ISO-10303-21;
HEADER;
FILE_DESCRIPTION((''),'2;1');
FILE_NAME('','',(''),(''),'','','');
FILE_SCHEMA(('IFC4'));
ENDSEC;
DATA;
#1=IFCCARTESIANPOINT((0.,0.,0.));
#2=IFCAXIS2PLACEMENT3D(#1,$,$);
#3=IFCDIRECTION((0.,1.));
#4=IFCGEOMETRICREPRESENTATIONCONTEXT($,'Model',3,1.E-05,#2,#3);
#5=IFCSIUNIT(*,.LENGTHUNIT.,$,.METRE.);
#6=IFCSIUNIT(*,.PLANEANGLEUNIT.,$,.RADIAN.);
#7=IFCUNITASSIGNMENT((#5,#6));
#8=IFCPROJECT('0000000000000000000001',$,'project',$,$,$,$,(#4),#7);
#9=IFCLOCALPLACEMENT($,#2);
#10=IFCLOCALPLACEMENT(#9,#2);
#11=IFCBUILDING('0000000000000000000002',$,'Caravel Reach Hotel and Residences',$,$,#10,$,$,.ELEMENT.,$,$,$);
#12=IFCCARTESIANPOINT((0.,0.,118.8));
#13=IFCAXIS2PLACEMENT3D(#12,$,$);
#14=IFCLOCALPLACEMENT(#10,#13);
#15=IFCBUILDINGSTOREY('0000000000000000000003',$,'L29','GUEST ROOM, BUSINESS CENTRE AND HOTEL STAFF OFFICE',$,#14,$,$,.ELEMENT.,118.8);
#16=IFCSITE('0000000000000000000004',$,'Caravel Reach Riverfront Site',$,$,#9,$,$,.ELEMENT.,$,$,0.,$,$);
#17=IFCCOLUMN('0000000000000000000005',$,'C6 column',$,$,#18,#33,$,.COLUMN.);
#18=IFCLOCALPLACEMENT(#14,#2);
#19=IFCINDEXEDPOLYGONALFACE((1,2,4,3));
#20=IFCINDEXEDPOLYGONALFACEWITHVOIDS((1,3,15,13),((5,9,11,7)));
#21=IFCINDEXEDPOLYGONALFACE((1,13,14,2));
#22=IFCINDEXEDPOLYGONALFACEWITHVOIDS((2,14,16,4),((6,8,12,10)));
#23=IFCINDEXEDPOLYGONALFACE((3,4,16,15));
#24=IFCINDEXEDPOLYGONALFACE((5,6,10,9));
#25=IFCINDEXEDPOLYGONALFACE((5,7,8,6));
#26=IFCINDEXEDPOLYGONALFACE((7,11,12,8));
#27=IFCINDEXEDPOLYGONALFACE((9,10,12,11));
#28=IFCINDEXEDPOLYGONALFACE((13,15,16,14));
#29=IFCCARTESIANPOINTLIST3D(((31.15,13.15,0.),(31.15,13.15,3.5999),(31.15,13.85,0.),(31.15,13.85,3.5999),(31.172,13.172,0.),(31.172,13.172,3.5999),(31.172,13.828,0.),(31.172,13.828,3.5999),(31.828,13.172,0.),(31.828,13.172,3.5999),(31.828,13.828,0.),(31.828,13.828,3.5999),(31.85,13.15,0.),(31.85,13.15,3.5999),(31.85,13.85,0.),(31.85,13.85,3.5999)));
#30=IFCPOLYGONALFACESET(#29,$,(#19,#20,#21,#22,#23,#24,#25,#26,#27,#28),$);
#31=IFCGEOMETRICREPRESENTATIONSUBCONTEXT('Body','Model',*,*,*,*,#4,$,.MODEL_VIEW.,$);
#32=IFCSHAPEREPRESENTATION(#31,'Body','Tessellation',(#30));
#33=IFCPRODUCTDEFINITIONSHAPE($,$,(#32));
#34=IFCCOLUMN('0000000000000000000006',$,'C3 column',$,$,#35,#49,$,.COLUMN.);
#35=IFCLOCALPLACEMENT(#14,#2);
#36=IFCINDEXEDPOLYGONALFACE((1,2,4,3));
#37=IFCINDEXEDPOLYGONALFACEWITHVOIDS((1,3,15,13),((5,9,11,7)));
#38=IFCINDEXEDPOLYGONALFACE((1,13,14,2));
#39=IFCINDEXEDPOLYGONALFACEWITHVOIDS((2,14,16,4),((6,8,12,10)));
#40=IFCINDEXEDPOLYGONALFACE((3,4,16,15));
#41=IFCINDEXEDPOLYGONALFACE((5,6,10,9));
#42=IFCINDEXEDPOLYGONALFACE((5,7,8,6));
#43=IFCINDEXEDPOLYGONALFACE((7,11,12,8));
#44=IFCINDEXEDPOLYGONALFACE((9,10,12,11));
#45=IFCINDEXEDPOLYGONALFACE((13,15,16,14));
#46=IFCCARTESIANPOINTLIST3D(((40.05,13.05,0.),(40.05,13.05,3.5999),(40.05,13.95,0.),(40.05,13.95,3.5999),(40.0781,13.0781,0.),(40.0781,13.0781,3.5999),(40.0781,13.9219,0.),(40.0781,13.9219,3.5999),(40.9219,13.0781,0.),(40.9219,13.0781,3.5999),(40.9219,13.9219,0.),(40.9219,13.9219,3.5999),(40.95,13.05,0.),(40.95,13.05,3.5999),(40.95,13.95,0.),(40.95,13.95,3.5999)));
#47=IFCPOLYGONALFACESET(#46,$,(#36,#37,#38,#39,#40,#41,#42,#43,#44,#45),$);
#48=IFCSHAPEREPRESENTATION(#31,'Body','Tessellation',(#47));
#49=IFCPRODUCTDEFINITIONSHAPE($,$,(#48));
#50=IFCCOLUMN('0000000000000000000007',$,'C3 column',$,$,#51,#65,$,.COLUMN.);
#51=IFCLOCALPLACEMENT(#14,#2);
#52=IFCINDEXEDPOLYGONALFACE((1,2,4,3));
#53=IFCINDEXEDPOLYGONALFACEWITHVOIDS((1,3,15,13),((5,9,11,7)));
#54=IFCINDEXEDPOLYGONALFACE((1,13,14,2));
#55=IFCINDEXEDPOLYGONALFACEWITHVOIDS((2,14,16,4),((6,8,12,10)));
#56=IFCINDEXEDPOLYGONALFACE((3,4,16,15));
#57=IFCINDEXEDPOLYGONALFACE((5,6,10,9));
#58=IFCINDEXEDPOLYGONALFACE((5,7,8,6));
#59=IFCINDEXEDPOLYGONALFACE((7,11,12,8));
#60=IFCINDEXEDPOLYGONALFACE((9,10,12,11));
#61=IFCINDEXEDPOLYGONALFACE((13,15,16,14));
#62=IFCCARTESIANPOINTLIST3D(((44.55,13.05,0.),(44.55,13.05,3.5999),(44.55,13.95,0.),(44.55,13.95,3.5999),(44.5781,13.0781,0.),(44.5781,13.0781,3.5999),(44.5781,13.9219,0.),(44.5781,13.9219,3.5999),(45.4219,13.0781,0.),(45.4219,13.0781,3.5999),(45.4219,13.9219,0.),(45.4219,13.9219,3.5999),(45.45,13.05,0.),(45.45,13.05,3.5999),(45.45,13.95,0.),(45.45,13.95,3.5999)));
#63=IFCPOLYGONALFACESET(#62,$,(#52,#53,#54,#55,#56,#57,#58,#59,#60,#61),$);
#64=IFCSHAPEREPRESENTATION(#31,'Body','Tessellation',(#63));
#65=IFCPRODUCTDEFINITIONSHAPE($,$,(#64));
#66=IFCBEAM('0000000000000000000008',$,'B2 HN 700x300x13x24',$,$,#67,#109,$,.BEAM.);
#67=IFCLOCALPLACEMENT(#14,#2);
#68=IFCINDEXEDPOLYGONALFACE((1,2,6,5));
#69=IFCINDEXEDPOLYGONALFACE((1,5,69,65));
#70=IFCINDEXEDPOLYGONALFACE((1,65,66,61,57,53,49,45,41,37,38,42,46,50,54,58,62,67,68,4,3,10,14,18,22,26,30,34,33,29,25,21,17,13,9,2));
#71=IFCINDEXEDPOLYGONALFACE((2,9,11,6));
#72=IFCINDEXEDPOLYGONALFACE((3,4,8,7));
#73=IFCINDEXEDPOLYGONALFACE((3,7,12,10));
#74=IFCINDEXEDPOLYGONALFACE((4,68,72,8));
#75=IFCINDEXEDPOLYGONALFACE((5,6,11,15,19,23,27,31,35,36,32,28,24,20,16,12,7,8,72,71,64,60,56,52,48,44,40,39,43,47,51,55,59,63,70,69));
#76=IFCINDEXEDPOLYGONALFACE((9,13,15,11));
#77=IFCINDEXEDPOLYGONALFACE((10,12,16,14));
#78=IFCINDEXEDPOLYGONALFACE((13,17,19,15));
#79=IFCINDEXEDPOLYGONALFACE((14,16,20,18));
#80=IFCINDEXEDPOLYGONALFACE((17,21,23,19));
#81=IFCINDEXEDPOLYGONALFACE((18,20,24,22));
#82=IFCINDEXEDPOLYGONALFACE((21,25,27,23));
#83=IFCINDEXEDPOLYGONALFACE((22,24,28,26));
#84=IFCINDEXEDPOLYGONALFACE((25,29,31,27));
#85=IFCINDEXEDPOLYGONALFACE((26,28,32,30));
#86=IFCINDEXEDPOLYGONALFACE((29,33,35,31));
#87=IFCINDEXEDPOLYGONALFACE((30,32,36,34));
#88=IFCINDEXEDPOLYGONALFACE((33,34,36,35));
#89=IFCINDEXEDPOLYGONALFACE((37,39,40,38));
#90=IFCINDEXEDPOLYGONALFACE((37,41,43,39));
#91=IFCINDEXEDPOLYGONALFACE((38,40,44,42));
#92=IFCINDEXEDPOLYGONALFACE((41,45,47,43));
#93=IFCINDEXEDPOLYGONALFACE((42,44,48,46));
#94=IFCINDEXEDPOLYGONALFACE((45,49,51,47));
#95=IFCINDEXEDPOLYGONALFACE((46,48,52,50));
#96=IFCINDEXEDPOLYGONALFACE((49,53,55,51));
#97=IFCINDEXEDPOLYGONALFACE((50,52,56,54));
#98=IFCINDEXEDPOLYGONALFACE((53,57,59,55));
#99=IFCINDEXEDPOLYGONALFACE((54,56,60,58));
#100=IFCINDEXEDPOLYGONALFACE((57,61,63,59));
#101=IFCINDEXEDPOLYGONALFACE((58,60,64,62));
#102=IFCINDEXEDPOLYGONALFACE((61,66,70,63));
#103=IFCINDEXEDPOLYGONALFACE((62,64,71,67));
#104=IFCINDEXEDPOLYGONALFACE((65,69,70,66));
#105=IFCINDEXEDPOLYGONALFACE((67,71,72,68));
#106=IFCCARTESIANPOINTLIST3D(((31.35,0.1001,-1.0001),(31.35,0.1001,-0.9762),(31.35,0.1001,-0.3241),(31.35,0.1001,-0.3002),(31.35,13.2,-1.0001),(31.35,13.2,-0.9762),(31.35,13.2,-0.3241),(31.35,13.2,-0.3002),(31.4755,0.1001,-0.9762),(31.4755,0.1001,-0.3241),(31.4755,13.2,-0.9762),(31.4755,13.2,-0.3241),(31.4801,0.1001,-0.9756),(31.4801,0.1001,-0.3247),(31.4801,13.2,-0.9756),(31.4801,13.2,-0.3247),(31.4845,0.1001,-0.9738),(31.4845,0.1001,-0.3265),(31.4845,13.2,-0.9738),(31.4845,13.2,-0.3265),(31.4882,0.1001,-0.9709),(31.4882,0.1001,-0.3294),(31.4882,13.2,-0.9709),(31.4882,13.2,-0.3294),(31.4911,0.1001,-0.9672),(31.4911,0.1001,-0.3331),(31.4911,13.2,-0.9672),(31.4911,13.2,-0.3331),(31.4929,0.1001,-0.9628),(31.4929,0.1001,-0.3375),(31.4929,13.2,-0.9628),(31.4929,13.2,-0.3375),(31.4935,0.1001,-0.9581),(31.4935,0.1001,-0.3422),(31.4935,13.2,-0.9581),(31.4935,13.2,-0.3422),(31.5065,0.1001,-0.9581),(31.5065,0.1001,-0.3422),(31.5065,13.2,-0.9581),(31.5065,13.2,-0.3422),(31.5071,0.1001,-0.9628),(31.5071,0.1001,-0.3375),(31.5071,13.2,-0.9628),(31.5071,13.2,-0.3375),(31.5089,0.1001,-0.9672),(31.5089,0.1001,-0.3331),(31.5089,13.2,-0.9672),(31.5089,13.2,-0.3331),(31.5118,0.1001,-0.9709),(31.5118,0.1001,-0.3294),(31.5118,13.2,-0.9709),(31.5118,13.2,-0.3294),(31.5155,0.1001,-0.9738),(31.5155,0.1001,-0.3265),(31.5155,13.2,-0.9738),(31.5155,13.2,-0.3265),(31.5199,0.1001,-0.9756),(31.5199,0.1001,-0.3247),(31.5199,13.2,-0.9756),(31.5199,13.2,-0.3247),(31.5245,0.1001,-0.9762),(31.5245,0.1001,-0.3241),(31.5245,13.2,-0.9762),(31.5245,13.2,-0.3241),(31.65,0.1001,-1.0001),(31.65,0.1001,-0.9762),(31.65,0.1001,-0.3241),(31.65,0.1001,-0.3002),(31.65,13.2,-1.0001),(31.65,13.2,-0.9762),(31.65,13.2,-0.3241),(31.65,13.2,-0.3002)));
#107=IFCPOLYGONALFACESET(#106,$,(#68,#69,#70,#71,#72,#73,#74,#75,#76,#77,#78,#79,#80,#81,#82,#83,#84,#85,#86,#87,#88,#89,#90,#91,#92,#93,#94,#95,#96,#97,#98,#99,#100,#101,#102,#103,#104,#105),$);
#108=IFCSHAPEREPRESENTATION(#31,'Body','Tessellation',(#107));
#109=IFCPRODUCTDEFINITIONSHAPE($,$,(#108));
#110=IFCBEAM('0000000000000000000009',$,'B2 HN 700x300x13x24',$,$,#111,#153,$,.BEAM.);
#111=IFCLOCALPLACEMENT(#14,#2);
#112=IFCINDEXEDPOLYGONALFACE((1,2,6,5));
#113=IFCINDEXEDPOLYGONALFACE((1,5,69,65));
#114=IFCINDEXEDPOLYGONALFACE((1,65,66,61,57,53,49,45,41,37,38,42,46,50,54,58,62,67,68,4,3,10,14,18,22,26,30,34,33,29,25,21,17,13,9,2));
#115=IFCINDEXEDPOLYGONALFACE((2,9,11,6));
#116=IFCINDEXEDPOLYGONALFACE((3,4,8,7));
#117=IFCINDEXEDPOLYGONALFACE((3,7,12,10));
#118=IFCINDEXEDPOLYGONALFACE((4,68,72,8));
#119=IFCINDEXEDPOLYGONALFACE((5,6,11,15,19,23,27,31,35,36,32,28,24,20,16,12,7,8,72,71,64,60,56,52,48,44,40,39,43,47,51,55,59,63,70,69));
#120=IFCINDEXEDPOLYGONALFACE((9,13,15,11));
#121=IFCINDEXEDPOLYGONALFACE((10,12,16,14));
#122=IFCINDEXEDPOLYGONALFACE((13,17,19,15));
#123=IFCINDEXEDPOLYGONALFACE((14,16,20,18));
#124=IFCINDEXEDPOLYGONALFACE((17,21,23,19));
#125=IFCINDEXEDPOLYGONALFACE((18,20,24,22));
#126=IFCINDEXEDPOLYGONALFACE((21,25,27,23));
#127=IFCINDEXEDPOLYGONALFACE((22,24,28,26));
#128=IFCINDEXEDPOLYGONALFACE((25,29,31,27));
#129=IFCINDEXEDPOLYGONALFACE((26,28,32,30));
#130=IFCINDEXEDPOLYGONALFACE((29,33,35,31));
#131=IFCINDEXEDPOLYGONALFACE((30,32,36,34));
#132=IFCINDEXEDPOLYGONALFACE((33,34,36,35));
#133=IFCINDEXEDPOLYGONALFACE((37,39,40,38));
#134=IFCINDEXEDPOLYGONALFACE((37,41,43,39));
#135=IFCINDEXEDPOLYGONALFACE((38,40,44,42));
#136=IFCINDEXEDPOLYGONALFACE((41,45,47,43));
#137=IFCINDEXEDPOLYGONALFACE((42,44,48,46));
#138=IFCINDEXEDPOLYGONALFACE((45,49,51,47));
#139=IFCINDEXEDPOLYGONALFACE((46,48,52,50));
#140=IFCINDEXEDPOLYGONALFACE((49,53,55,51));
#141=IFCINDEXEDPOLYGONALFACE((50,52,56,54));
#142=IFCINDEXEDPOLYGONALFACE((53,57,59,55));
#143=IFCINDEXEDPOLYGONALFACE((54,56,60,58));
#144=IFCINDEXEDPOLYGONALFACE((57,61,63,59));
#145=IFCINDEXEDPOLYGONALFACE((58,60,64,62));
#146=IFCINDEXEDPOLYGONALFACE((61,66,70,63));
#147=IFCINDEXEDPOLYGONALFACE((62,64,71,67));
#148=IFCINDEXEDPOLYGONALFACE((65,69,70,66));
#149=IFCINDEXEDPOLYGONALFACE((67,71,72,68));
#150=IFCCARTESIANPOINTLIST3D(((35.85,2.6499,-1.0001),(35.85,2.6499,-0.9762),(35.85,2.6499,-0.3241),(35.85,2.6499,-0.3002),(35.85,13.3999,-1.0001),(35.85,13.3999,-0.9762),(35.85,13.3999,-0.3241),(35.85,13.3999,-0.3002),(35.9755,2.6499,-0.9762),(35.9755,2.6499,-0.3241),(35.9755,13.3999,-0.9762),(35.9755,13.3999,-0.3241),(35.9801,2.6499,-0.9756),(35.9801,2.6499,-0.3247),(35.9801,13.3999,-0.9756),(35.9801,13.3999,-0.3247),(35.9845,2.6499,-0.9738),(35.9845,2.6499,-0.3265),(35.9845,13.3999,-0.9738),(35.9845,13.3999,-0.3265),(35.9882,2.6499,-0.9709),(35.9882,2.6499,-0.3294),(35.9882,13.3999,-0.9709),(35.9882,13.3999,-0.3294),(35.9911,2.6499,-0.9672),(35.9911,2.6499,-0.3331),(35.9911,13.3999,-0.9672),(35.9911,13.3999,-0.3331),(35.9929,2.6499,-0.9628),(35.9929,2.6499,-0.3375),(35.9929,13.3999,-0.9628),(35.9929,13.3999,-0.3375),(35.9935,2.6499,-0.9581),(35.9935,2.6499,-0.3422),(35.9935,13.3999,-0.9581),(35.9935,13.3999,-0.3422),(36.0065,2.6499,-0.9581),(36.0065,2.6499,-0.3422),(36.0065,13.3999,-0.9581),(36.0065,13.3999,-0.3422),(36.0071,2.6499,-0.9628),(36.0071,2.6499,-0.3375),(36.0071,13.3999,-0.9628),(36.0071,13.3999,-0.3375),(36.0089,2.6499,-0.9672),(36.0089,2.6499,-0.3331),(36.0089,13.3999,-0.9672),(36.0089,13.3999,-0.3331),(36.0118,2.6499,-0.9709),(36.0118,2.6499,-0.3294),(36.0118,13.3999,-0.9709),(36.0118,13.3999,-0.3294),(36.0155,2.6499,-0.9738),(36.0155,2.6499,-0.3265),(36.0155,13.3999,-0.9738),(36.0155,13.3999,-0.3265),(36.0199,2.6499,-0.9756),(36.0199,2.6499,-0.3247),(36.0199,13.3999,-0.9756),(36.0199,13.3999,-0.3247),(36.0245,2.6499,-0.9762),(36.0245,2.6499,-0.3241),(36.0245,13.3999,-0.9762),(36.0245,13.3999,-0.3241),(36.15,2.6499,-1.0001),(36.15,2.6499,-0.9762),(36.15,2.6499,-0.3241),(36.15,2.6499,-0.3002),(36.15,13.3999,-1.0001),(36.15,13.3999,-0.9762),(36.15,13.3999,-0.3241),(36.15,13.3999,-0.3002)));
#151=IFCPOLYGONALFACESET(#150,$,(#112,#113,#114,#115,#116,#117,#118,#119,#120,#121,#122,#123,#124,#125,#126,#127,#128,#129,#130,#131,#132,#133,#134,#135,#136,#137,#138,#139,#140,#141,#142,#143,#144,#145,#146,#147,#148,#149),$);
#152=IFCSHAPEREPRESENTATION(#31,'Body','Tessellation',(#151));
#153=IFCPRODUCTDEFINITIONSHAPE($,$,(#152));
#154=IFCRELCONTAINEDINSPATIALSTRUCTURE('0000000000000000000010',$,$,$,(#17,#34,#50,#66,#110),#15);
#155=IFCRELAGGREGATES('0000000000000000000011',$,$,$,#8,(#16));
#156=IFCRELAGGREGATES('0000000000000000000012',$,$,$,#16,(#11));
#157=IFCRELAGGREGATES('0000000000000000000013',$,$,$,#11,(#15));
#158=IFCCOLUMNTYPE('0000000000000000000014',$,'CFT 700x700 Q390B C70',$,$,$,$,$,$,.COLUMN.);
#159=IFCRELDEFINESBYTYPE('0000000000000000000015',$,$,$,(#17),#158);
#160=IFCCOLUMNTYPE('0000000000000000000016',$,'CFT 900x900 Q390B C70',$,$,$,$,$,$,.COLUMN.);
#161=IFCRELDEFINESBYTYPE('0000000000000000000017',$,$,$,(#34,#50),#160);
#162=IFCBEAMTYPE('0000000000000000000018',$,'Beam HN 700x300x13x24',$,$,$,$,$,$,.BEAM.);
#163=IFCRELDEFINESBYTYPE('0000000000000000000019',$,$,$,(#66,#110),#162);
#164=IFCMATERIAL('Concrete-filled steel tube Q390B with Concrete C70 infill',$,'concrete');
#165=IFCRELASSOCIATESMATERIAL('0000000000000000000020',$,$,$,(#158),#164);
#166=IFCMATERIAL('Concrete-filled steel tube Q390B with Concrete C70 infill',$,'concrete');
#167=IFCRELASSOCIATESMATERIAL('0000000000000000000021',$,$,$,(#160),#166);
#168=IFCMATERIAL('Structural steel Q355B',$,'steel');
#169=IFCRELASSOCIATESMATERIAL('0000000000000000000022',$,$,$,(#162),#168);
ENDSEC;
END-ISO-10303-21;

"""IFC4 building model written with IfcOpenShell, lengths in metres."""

from ifc_helpers import new_model, si_unit, direction, frame, origin, origin_2d, place, context, subcontext, project, spatial, hollow_rectangle, i_section, extrude, material, material_profile, profile_set, type_object, element, save


model = new_model("IFC4")

# Units and contexts
model_context = context("Model", 3, precision=1e-05, world=origin(), true_north=direction((0.0, 1.0)))
body_context = subcontext(model_context, "Body", "Model", "MODEL_VIEW")
ifc_project = project(units=[si_unit("LENGTHUNIT", "METRE"), si_unit("PLANEANGLEUNIT", "RADIAN")], contexts=[model_context])

# Site, building, storey
site_placement = place(None, origin())
site = spatial("IfcSite", under=ifc_project, at=site_placement, Name="Caravel Reach Riverfront Site", CompositionType="ELEMENT", RefElevation=0.0)
building_placement = place(site_placement, origin())
building = spatial("IfcBuilding", under=site, at=building_placement, Name="Caravel Reach Hotel and Residences", CompositionType="ELEMENT")
storey_placement = place(building_placement, frame((0.0, 0.0, 118.8)))
storey = spatial("IfcBuildingStorey", under=building, at=storey_placement, Name="L29", Description="GUEST ROOM, BUSINESS CENTRE AND HOTEL STAFF OFFICE", CompositionType="ELEMENT", Elevation=118.8)

# Columns
ifc_material_1 = material(Name="Concrete-filled steel tube Q390B with Concrete C70 infill", Category="concrete")
ifc_material_profile_1 = material_profile(ifc_material_1, hollow_rectangle(XDim=0.7, YDim=0.7, WallThickness=0.022, at=origin_2d()), Name="RHS 700x700x22")
ifc_profile_set_1 = profile_set([ifc_material_profile_1], Name="Concrete-filled steel tube Q390B with Concrete C70 infill")
column_type_1 = type_object("IfcColumnType", Name="CFT 700x700 Q390B C70", PredefinedType="COLUMN", material=ifc_profile_set_1)
column_placement = place(storey_placement, frame((31.5, 13.5, 0.0), z_axis=(0.0, 0.0, 1.0), x_axis=(1.0, 0.0, 0.0)))
element("IfcColumn", 1, at=column_placement, inside=storey, type_object=column_type_1, Name="C6 column", PredefinedType="COLUMN", context=body_context, shape_type="SweptSolid", body=[
    extrude(hollow_rectangle(XDim=0.7, YDim=0.7, WallThickness=0.022, at=origin_2d()), origin(), (0.0, 0.0, 1.0), 3.5999),
])
ifc_material_2 = material(Name="Concrete-filled steel tube Q390B with Concrete C70 infill", Category="concrete")
ifc_material_profile_2 = material_profile(ifc_material_2, hollow_rectangle(XDim=0.8999, YDim=0.8999, WallThickness=0.0281, at=origin_2d()), Name="RHS 900x900x28")
ifc_profile_set_2 = profile_set([ifc_material_profile_2], Name="Concrete-filled steel tube Q390B with Concrete C70 infill")
column_type_2 = type_object("IfcColumnType", Name="CFT 900x900 Q390B C70", PredefinedType="COLUMN", material=ifc_profile_set_2)
for number, where, z_axis, x_axis, name in (
    (2, (40.5, 13.5, 0.0), (0.0, 0.0, 1.0), (1.0, 0.0, 0.0), "C3 column"),
    (3, (45.0, 13.5, 0.0), (0.0, 0.0, 1.0), (1.0, 0.0, 0.0), "C3 column"),
):
    element("IfcColumn", number, at=place(storey_placement, frame(where, z_axis=z_axis, x_axis=x_axis)), inside=storey, type_object=column_type_2, Name=name, PredefinedType="COLUMN", context=body_context, shape_type="SweptSolid", body=[
        extrude(hollow_rectangle(XDim=0.8999, YDim=0.8999, WallThickness=0.0281, at=origin_2d()), origin(), (0.0, 0.0, 1.0), 3.5999),
    ])

# Beams
ifc_material_3 = material(Name="Structural steel Q355B", Category="steel")
ifc_material_profile_3 = material_profile(ifc_material_3, i_section(OverallWidth=0.3, OverallDepth=0.7, WebThickness=0.0129, FlangeThickness=0.0239, FilletRadius=0.0181, at=origin_2d()), Name="HN 700x300x13x24")
ifc_profile_set_3 = profile_set([ifc_material_profile_3], Name="Structural steel Q355B")
beam_type_1 = type_object("IfcBeamType", Name="Beam HN 700x300x13x24", PredefinedType="BEAM", material=ifc_profile_set_3)
beam_1_placement = place(storey_placement, frame((31.5, 13.2, -0.6501), z_axis=(0.0, -1.0, 0.0), x_axis=(1.0, 0.0, 0.0)))
element("IfcBeam", 4, at=beam_1_placement, inside=storey, type_object=beam_type_1, Name="B2 HN 700x300x13x24", PredefinedType="BEAM", context=body_context, shape_type="SweptSolid", body=[
    extrude(i_section(OverallWidth=0.3, OverallDepth=0.7, WebThickness=0.0129, FlangeThickness=0.0239, FilletRadius=0.0181, at=origin_2d()), origin(), (0.0, 0.0, 1.0), 13.0999),
])
beam_2_placement = place(storey_placement, frame((36.0, 13.3999, -0.6501), z_axis=(0.0, -1.0, 0.0), x_axis=(1.0, 0.0, 0.0)))
element("IfcBeam", 5, at=beam_2_placement, inside=storey, type_object=beam_type_1, Name="B2 HN 700x300x13x24", PredefinedType="BEAM", context=body_context, shape_type="SweptSolid", body=[
    extrude(i_section(OverallWidth=0.3, OverallDepth=0.7, WebThickness=0.0129, FlangeThickness=0.0239, FilletRadius=0.0181, at=origin_2d()), origin(), (0.0, 0.0, 1.0), 10.75),
])

save(model, "model.ifc")
